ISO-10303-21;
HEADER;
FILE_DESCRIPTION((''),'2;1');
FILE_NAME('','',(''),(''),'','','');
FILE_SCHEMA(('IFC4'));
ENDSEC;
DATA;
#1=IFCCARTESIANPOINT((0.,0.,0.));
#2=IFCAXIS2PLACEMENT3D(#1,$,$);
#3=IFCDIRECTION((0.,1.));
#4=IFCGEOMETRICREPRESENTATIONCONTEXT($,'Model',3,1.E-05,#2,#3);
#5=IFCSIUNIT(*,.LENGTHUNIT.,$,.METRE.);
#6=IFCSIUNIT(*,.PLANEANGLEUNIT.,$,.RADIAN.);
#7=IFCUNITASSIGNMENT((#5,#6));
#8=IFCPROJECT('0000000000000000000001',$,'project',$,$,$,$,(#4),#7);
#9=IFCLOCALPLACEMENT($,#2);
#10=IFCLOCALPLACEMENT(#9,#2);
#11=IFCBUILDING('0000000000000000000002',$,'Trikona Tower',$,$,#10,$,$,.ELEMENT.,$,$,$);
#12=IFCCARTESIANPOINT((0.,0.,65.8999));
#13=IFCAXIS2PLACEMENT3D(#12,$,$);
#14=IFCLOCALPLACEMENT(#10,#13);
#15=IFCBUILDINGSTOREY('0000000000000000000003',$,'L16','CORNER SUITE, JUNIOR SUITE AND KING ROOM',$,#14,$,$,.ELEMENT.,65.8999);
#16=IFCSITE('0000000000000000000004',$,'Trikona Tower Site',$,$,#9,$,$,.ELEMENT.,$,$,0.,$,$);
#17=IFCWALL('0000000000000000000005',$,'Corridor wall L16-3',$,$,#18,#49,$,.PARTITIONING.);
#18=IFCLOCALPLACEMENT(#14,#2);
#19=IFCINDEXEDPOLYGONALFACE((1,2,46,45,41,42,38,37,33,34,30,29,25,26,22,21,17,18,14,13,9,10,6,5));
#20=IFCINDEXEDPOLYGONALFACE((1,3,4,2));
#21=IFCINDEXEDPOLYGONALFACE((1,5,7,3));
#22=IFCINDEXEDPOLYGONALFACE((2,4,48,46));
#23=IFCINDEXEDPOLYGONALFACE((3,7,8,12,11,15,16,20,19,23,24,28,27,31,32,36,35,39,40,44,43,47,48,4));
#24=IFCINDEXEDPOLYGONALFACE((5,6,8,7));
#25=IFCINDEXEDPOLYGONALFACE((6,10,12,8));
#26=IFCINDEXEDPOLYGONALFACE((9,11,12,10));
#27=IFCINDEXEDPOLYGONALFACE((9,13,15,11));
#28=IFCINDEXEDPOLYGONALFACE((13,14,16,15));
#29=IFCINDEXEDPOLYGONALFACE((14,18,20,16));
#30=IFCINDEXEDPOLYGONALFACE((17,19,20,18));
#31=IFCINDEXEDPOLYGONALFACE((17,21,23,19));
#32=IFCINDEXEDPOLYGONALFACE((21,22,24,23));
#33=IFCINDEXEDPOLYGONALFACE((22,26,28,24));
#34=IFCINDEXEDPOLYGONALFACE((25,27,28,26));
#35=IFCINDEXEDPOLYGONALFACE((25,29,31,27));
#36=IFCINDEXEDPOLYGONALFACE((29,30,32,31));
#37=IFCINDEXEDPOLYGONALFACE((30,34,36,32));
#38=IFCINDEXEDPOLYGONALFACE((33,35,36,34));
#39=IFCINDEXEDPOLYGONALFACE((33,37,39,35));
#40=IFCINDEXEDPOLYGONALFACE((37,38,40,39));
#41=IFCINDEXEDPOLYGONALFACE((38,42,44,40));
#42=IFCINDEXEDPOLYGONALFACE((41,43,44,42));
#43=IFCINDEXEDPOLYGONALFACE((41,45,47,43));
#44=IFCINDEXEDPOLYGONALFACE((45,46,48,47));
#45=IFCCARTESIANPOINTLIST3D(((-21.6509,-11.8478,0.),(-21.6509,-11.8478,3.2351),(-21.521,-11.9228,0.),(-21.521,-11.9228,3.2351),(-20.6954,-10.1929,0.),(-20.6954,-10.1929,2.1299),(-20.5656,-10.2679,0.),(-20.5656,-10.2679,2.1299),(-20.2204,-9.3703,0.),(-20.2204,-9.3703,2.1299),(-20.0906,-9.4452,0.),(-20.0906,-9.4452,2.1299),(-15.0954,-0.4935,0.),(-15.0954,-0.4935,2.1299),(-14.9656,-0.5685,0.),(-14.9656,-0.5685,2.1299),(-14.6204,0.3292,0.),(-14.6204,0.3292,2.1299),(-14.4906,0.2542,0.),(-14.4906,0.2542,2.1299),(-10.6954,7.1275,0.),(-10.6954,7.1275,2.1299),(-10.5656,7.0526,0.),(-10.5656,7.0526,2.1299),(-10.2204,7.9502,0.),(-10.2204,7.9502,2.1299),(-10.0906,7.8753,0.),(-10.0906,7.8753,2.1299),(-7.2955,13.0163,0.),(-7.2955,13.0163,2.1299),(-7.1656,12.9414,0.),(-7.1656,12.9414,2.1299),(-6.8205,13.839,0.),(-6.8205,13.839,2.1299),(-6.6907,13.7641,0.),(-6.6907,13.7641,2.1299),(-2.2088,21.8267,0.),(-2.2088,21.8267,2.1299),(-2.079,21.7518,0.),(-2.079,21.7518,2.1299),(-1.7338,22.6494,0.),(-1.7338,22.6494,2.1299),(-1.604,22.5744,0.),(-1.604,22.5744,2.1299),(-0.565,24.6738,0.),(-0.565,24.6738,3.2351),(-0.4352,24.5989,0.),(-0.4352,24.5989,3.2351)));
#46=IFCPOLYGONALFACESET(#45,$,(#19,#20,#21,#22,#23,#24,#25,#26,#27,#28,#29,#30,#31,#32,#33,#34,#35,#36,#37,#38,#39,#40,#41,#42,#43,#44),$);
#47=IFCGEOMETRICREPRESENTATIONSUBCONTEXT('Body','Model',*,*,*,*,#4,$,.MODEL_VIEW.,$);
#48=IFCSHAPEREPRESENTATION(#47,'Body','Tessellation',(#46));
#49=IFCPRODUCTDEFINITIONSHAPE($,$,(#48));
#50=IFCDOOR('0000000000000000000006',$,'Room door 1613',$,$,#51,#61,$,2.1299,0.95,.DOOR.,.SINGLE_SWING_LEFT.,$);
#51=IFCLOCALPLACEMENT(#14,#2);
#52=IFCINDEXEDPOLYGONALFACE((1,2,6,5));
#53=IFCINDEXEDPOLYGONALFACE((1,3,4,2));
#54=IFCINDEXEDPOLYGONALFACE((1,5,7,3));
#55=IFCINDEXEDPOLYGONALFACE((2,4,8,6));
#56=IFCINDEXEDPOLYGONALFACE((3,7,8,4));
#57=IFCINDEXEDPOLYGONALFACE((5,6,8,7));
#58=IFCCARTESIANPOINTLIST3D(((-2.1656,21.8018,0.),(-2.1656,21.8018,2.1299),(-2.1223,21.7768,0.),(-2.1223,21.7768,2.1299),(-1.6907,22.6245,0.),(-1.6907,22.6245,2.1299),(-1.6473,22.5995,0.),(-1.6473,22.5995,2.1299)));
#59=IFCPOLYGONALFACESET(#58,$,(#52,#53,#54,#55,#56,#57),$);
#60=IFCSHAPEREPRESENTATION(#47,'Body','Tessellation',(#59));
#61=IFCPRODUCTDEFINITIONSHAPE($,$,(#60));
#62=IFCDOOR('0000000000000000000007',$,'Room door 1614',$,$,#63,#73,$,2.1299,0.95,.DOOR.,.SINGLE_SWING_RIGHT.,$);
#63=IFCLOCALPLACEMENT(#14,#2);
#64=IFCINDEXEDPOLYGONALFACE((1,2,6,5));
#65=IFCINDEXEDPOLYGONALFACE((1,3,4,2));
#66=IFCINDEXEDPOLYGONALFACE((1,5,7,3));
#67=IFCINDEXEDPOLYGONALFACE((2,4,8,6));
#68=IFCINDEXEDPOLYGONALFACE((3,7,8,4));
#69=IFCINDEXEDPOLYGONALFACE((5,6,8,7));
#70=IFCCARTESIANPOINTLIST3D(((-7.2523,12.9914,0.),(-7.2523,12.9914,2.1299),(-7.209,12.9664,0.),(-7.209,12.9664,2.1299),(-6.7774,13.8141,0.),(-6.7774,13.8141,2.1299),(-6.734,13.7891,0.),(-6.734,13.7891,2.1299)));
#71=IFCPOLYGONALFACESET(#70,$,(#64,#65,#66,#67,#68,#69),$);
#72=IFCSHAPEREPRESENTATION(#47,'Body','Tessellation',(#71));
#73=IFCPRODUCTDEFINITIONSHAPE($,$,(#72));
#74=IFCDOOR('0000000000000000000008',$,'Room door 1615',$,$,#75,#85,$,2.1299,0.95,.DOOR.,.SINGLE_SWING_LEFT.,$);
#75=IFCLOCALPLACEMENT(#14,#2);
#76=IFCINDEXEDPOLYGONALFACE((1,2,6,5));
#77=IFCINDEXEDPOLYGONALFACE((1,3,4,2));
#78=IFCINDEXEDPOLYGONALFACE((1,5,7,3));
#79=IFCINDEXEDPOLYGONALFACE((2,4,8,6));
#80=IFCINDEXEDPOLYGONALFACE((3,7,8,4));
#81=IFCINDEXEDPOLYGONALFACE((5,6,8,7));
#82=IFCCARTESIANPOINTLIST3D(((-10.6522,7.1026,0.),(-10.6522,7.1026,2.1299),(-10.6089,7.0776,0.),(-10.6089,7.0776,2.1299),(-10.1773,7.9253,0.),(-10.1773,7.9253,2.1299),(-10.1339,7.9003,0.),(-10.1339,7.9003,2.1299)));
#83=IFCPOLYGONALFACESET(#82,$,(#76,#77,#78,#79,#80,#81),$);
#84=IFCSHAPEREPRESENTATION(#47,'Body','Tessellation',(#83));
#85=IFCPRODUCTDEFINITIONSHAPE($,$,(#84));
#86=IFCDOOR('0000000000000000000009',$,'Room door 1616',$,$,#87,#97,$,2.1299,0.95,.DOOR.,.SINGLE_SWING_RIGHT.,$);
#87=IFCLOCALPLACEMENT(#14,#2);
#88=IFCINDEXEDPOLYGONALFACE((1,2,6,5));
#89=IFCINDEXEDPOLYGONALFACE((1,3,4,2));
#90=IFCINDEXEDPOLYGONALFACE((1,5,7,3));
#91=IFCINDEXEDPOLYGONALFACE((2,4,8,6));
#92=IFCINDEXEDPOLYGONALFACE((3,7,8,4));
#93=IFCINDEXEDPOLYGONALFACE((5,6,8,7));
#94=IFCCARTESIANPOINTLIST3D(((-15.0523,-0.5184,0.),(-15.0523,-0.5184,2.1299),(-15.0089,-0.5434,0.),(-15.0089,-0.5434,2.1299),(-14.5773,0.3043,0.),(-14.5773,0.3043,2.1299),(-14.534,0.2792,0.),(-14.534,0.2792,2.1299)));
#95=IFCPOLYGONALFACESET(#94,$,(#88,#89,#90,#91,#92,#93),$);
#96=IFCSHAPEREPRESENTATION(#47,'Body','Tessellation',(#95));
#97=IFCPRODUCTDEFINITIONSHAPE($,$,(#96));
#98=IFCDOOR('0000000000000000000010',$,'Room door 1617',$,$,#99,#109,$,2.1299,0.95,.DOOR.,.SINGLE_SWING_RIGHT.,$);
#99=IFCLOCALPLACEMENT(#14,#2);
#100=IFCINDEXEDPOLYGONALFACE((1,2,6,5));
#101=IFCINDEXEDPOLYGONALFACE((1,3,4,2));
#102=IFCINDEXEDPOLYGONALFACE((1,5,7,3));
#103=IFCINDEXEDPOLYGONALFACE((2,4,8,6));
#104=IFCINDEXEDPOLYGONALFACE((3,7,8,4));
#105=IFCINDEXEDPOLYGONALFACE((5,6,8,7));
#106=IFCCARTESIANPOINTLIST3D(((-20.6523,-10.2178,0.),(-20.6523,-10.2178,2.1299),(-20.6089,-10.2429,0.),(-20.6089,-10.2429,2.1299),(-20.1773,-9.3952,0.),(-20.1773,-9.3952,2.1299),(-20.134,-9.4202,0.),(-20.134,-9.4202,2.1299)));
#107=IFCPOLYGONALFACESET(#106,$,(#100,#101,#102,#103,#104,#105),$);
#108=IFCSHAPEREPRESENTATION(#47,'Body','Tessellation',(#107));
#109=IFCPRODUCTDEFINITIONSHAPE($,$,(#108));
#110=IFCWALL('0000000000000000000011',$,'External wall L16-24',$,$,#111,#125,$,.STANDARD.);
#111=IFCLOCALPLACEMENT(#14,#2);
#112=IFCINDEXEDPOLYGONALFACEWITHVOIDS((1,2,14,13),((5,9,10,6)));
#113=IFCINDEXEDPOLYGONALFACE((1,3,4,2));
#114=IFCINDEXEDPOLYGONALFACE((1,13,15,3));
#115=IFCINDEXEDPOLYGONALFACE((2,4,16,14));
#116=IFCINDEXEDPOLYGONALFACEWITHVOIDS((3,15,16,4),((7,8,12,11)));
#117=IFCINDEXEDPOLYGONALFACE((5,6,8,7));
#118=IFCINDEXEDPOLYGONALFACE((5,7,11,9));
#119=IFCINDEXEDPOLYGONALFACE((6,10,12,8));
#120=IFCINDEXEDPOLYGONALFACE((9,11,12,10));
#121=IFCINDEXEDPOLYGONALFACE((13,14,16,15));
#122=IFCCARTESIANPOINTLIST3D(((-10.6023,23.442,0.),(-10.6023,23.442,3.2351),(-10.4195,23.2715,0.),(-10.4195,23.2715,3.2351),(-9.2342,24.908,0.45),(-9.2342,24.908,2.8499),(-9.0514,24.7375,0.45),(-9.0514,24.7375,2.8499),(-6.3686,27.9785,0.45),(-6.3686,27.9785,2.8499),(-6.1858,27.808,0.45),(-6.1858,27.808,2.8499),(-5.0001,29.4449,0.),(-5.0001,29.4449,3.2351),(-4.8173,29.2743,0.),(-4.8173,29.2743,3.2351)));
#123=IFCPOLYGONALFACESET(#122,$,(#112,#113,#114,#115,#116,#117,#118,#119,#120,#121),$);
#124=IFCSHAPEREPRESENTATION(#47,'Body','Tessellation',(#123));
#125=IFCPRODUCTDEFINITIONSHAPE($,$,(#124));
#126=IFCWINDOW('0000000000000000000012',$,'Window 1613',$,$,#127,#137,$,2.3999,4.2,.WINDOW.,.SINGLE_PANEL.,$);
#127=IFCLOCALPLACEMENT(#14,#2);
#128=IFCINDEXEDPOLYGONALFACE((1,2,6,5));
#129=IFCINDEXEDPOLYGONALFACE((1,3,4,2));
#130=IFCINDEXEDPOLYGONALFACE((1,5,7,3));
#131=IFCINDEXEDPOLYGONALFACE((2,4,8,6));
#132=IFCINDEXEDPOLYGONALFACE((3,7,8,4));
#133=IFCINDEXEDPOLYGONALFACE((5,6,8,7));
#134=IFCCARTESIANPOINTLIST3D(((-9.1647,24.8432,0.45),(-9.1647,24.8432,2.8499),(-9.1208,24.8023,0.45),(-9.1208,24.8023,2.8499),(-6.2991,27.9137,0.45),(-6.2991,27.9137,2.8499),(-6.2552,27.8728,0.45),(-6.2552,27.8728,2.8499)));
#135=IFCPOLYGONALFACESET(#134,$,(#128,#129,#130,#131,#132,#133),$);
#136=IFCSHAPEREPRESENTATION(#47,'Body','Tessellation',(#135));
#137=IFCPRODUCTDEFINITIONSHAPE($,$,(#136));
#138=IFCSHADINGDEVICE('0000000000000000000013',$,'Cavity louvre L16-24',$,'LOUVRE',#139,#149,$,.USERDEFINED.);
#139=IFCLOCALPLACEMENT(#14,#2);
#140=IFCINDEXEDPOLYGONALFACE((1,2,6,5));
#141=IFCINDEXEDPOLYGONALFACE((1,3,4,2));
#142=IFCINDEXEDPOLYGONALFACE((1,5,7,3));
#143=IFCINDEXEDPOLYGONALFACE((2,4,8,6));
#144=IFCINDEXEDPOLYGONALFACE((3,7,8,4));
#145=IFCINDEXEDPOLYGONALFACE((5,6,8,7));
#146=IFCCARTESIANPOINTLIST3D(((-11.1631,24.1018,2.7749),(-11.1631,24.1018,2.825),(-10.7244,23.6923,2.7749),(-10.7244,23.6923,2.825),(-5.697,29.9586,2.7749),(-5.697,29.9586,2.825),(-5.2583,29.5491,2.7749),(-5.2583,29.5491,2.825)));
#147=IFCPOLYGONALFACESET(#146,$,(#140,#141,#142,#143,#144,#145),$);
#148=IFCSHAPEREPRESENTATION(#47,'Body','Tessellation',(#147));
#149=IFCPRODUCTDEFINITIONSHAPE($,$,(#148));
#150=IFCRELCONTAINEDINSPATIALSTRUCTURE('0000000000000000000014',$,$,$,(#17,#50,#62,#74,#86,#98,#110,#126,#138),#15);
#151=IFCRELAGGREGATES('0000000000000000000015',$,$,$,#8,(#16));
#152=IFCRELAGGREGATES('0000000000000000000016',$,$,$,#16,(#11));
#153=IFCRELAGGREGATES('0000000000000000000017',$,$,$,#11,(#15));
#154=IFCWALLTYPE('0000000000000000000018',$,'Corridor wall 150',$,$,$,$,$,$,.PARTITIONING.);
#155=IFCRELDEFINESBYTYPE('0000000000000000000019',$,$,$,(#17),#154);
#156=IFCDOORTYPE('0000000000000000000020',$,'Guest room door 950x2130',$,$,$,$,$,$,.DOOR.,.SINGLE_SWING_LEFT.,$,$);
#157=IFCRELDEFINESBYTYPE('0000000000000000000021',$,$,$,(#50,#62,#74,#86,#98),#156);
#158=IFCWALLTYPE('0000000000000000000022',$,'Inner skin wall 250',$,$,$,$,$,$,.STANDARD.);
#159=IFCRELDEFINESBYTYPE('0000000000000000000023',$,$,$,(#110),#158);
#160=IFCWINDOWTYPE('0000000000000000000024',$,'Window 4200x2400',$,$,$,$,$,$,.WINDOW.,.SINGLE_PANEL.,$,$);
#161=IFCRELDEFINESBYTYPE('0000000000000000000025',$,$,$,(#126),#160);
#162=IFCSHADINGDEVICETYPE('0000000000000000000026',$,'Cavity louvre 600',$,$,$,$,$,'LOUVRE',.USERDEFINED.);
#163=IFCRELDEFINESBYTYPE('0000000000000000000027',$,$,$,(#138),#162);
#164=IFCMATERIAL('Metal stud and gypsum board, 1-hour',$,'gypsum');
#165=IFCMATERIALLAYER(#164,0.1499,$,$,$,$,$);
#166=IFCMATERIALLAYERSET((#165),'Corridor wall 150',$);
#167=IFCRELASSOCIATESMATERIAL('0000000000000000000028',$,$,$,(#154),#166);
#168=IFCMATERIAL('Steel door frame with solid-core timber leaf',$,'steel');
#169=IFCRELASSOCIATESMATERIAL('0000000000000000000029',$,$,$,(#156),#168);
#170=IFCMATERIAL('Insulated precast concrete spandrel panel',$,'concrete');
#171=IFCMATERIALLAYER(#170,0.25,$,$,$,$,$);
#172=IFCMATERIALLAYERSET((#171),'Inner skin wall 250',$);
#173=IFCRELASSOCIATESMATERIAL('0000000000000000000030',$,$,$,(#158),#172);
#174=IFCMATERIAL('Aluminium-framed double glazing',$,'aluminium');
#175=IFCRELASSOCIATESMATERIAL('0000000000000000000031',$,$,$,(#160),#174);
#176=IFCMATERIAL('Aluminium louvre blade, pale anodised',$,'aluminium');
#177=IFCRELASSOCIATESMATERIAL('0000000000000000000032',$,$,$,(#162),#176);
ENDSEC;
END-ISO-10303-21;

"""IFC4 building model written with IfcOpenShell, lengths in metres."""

from ifc_helpers import new_model, si_unit, direction, frame, frame_2d, origin, origin_2d, place, context, subcontext, project, spatial, rectangle, extrude, material, layer, layer_set, type_object, element, fill, save


model = new_model("IFC4")

# Units and contexts
model_context = context("Model", 3, precision=1e-05, world=origin(), true_north=direction((0.0, 1.0)))
body_context = subcontext(model_context, "Body", "Model", "MODEL_VIEW")
ifc_project = project(units=[si_unit("LENGTHUNIT", "METRE"), si_unit("PLANEANGLEUNIT", "RADIAN")], contexts=[model_context])

# Site, building, storey
site_placement = place(None, origin())
site = spatial("IfcSite", under=ifc_project, at=site_placement, Name="Trikona Tower Site", CompositionType="ELEMENT", RefElevation=0.0)
building_placement = place(site_placement, origin())
building = spatial("IfcBuilding", under=site, at=building_placement, Name="Trikona Tower", CompositionType="ELEMENT")
storey_placement = place(building_placement, frame((0.0, 0.0, 65.8999)))
storey = spatial("IfcBuildingStorey", under=building, at=storey_placement, Name="L16", Description="CORNER SUITE, JUNIOR SUITE AND KING ROOM", CompositionType="ELEMENT", Elevation=65.8999)

# Wall, openings, doors
ifc_material_1 = material(Name="Metal stud and gypsum board, 1-hour", Category="gypsum")
ifc_layer_1 = layer(ifc_material_1, 0.1499)
ifc_layer_set_1 = layer_set([ifc_layer_1], Name="Corridor wall 150")
wall_type_1 = type_object("IfcWallType", Name="Corridor wall 150", PredefinedType="PARTITIONING", material=ifc_layer_set_1)
wall_1_placement = place(storey_placement, frame((-0.5, 24.6365, 0.0), z_axis=(0.0, 0.0, 1.0), x_axis=(-0.500002, -0.866024, 0.0)))
wall_1 = element("IfcWall", 1, at=wall_1_placement, inside=storey, type_object=wall_type_1, Name="Corridor wall L16-3", PredefinedType="PARTITIONING", context=body_context, shape_type="SweptSolid", body=[
    extrude(rectangle(XDim=42.1716, YDim=0.1499, at=frame_2d((21.0859, 0.0))), origin(), (0.0, 0.0, 1.0), 3.2351),
])
opening_1_placement = place(wall_1_placement, frame((2.3376, 0.0, 0.0)))
opening_1 = element("IfcOpeningElement", 2, at=opening_1_placement, cuts=wall_1, PredefinedType="OPENING", context=body_context, shape_type="SweptSolid", body=[
    extrude(rectangle(XDim=0.95, YDim=2.1299, at=frame_2d((0.4751, 1.0649))), frame((0.0, 0.085, 0.0), z_axis=(0.0, -1.0, 0.0), x_axis=(1.0, 0.0, 0.0)), (0.0, 0.0, 1.0), 0.1699),
])
opening_2_placement = place(wall_1_placement, frame((12.511, 0.0, 0.0)))
opening_2 = element("IfcOpeningElement", 3, at=opening_2_placement, cuts=wall_1, PredefinedType="OPENING", context=body_context, shape_type="SweptSolid", body=[
    extrude(rectangle(XDim=0.95, YDim=2.1299, at=frame_2d((0.4751, 1.0649))), frame((0.0, 0.085, 0.0), z_axis=(0.0, -1.0, 0.0), x_axis=(1.0, 0.0, 0.0)), (0.0, 0.0, 1.0), 0.1699),
])
opening_3_placement = place(wall_1_placement, frame((19.3108, 0.0, 0.0)))
opening_3 = element("IfcOpeningElement", 4, at=opening_3_placement, cuts=wall_1, PredefinedType="OPENING", context=body_context, shape_type="SweptSolid", body=[
    extrude(rectangle(XDim=0.95, YDim=2.1299, at=frame_2d((0.4751, 1.0649))), frame((0.0, 0.085, 0.0), z_axis=(0.0, -1.0, 0.0), x_axis=(1.0, 0.0, 0.0)), (0.0, 0.0, 1.0), 0.1699),
])
opening_4_placement = place(wall_1_placement, frame((28.1108, 0.0, 0.0)))
opening_4 = element("IfcOpeningElement", 5, at=opening_4_placement, cuts=wall_1, PredefinedType="OPENING", context=body_context, shape_type="SweptSolid", body=[
    extrude(rectangle(XDim=0.95, YDim=2.1299, at=frame_2d((0.4751, 1.0649))), frame((0.0, 0.085, 0.0), z_axis=(0.0, -1.0, 0.0), x_axis=(1.0, 0.0, 0.0)), (0.0, 0.0, 1.0), 0.1699),
])
opening_5_placement = place(wall_1_placement, frame((39.3108, 0.0, 0.0)))
opening_5 = element("IfcOpeningElement", 6, at=opening_5_placement, cuts=wall_1, PredefinedType="OPENING", context=body_context, shape_type="SweptSolid", body=[
    extrude(rectangle(XDim=0.95, YDim=2.1299, at=frame_2d((0.4751, 1.0649))), frame((0.0, 0.085, 0.0), z_axis=(0.0, -1.0, 0.0), x_axis=(1.0, 0.0, 0.0)), (0.0, 0.0, 1.0), 0.1699),
])
ifc_material_2 = material(Name="Steel door frame with solid-core timber leaf", Category="steel")
door_type = type_object("IfcDoorType", Name="Guest room door 950x2130", OperationType="SINGLE_SWING_LEFT", PredefinedType="DOOR", material=ifc_material_2)
door_1_placement = place(opening_1_placement, origin())
door_1 = element("IfcDoor", 7, at=door_1_placement, inside=storey, type_object=door_type, Name="Room door 1613", OperationType="SINGLE_SWING_LEFT", OverallHeight=2.1299, OverallWidth=0.95, PredefinedType="DOOR", context=body_context, shape_type="SweptSolid", body=[
    extrude(rectangle(XDim=0.95, YDim=2.1299, at=frame_2d((0.4751, 1.0649))), frame((0.0, 0.0249, 0.0), z_axis=(0.0, -1.0, 0.0), x_axis=(1.0, 0.0, 0.0)), (0.0, 0.0, 1.0), 0.05),
])
fill(opening_1, door_1)
door_2_placement = place(opening_2_placement, origin())
door_2 = element("IfcDoor", 8, at=door_2_placement, inside=storey, type_object=door_type, Name="Room door 1614", OperationType="SINGLE_SWING_RIGHT", OverallHeight=2.1299, OverallWidth=0.95, PredefinedType="DOOR", context=body_context, shape_type="SweptSolid", body=[
    extrude(rectangle(XDim=0.95, YDim=2.1299, at=frame_2d((0.4751, 1.0649))), frame((0.0, 0.0249, 0.0), z_axis=(0.0, -1.0, 0.0), x_axis=(1.0, 0.0, 0.0)), (0.0, 0.0, 1.0), 0.05),
])
fill(opening_2, door_2)
door_3_placement = place(opening_3_placement, origin())
door_3 = element("IfcDoor", 9, at=door_3_placement, inside=storey, type_object=door_type, Name="Room door 1615", OperationType="SINGLE_SWING_LEFT", OverallHeight=2.1299, OverallWidth=0.95, PredefinedType="DOOR", context=body_context, shape_type="SweptSolid", body=[
    extrude(rectangle(XDim=0.95, YDim=2.1299, at=frame_2d((0.4751, 1.0649))), frame((0.0, 0.0249, 0.0), z_axis=(0.0, -1.0, 0.0), x_axis=(1.0, 0.0, 0.0)), (0.0, 0.0, 1.0), 0.05),
])
fill(opening_3, door_3)
door_4_placement = place(opening_4_placement, origin())
door_4 = element("IfcDoor", 10, at=door_4_placement, inside=storey, type_object=door_type, Name="Room door 1616", OperationType="SINGLE_SWING_RIGHT", OverallHeight=2.1299, OverallWidth=0.95, PredefinedType="DOOR", context=body_context, shape_type="SweptSolid", body=[
    extrude(rectangle(XDim=0.95, YDim=2.1299, at=frame_2d((0.4751, 1.0649))), frame((0.0, 0.0249, 0.0), z_axis=(0.0, -1.0, 0.0), x_axis=(1.0, 0.0, 0.0)), (0.0, 0.0, 1.0), 0.05),
])
fill(opening_4, door_4)
door_5_placement = place(opening_5_placement, origin())
door_5 = element("IfcDoor", 11, at=door_5_placement, inside=storey, type_object=door_type, Name="Room door 1617", OperationType="SINGLE_SWING_RIGHT", OverallHeight=2.1299, OverallWidth=0.95, PredefinedType="DOOR", context=body_context, shape_type="SweptSolid", body=[
    extrude(rectangle(XDim=0.95, YDim=2.1299, at=frame_2d((0.4751, 1.0649))), frame((0.0, 0.0249, 0.0), z_axis=(0.0, -1.0, 0.0), x_axis=(1.0, 0.0, 0.0)), (0.0, 0.0, 1.0), 0.05),
])
fill(opening_5, door_5)

# Wall, opening, window
ifc_material_3 = material(Name="Insulated precast concrete spandrel panel", Category="concrete")
ifc_layer_2 = layer(ifc_material_3, 0.25)
ifc_layer_set_2 = layer_set([ifc_layer_2], Name="Inner skin wall 250")
wall_type_2 = type_object("IfcWallType", Name="Inner skin wall 250", PredefinedType="STANDARD", material=ifc_layer_set_2)
wall_2_placement = place(storey_placement, frame((-4.9087, 29.3596, 0.0), z_axis=(0.0, 0.0, 1.0), x_axis=(-0.68229, -0.731082, 0.0)))
wall_2 = element("IfcWall", 12, at=wall_2_placement, inside=storey, type_object=wall_type_2, Name="External wall L16-24", PredefinedType="STANDARD", context=body_context, shape_type="SweptSolid", body=[
    extrude(rectangle(XDim=8.2109, YDim=0.25, at=frame_2d((4.1055, 0.0))), origin(), (0.0, 0.0, 1.0), 3.2351),
])
opening_6_placement = place(wall_2_placement, frame((2.0056, 0.0, 0.45)))
opening_6 = element("IfcOpeningElement", 13, at=opening_6_placement, cuts=wall_2, PredefinedType="OPENING", context=body_context, shape_type="SweptSolid", body=[
    extrude(rectangle(XDim=4.2, YDim=2.3999, at=frame_2d((2.1001, 1.2))), frame((0.0, 0.135, 0.0), z_axis=(0.0, -1.0, 0.0), x_axis=(1.0, 0.0, 0.0)), (0.0, 0.0, 1.0), 0.27),
])
ifc_material_4 = material(Name="Aluminium-framed double glazing", Category="aluminium")
window_type_1 = type_object("IfcWindowType", Name="Window 4200x2400", PartitioningType="SINGLE_PANEL", PredefinedType="WINDOW", material=ifc_material_4)
window_1_placement = place(opening_6_placement, origin())
window_1 = element("IfcWindow", 14, at=window_1_placement, inside=storey, type_object=window_type_1, Name="Window 1613", OverallHeight=2.3999, OverallWidth=4.2, PartitioningType="SINGLE_PANEL", PredefinedType="WINDOW", context=body_context, shape_type="SweptSolid", body=[
    extrude(rectangle(XDim=4.2, YDim=2.3999, at=frame_2d((2.1001, 1.2))), frame((0.0, 0.03, 0.0), z_axis=(0.0, -1.0, 0.0), x_axis=(1.0, 0.0, 0.0)), (0.0, 0.0, 1.0), 0.0601),
])
fill(opening_6, window_1)

# Shading device
ifc_material_5 = material(Name="Aluminium louvre blade, pale anodised", Category="aluminium")
shading_device_type = type_object("IfcShadingDeviceType", Name="Cavity louvre 600", ElementType="LOUVRE", PredefinedType="USERDEFINED", material=ifc_material_5)
shading_device_placement = place(storey_placement, frame((-8.2107, 26.8254, 2.7749), z_axis=(0.0, 0.0, 1.0), x_axis=(-0.682298, -0.731074, 0.0)))
element("IfcShadingDevice", 15, at=shading_device_placement, inside=storey, type_object=shading_device_type, Name="Cavity louvre L16-24", ObjectType="LOUVRE", PredefinedType="USERDEFINED", context=body_context, shape_type="SweptSolid", body=[
    extrude(rectangle(XDim=8.0112, YDim=0.6001, at=origin_2d()), origin(), (0.0, 0.0, 1.0), 0.05),
])

save(model, "model.ifc")
